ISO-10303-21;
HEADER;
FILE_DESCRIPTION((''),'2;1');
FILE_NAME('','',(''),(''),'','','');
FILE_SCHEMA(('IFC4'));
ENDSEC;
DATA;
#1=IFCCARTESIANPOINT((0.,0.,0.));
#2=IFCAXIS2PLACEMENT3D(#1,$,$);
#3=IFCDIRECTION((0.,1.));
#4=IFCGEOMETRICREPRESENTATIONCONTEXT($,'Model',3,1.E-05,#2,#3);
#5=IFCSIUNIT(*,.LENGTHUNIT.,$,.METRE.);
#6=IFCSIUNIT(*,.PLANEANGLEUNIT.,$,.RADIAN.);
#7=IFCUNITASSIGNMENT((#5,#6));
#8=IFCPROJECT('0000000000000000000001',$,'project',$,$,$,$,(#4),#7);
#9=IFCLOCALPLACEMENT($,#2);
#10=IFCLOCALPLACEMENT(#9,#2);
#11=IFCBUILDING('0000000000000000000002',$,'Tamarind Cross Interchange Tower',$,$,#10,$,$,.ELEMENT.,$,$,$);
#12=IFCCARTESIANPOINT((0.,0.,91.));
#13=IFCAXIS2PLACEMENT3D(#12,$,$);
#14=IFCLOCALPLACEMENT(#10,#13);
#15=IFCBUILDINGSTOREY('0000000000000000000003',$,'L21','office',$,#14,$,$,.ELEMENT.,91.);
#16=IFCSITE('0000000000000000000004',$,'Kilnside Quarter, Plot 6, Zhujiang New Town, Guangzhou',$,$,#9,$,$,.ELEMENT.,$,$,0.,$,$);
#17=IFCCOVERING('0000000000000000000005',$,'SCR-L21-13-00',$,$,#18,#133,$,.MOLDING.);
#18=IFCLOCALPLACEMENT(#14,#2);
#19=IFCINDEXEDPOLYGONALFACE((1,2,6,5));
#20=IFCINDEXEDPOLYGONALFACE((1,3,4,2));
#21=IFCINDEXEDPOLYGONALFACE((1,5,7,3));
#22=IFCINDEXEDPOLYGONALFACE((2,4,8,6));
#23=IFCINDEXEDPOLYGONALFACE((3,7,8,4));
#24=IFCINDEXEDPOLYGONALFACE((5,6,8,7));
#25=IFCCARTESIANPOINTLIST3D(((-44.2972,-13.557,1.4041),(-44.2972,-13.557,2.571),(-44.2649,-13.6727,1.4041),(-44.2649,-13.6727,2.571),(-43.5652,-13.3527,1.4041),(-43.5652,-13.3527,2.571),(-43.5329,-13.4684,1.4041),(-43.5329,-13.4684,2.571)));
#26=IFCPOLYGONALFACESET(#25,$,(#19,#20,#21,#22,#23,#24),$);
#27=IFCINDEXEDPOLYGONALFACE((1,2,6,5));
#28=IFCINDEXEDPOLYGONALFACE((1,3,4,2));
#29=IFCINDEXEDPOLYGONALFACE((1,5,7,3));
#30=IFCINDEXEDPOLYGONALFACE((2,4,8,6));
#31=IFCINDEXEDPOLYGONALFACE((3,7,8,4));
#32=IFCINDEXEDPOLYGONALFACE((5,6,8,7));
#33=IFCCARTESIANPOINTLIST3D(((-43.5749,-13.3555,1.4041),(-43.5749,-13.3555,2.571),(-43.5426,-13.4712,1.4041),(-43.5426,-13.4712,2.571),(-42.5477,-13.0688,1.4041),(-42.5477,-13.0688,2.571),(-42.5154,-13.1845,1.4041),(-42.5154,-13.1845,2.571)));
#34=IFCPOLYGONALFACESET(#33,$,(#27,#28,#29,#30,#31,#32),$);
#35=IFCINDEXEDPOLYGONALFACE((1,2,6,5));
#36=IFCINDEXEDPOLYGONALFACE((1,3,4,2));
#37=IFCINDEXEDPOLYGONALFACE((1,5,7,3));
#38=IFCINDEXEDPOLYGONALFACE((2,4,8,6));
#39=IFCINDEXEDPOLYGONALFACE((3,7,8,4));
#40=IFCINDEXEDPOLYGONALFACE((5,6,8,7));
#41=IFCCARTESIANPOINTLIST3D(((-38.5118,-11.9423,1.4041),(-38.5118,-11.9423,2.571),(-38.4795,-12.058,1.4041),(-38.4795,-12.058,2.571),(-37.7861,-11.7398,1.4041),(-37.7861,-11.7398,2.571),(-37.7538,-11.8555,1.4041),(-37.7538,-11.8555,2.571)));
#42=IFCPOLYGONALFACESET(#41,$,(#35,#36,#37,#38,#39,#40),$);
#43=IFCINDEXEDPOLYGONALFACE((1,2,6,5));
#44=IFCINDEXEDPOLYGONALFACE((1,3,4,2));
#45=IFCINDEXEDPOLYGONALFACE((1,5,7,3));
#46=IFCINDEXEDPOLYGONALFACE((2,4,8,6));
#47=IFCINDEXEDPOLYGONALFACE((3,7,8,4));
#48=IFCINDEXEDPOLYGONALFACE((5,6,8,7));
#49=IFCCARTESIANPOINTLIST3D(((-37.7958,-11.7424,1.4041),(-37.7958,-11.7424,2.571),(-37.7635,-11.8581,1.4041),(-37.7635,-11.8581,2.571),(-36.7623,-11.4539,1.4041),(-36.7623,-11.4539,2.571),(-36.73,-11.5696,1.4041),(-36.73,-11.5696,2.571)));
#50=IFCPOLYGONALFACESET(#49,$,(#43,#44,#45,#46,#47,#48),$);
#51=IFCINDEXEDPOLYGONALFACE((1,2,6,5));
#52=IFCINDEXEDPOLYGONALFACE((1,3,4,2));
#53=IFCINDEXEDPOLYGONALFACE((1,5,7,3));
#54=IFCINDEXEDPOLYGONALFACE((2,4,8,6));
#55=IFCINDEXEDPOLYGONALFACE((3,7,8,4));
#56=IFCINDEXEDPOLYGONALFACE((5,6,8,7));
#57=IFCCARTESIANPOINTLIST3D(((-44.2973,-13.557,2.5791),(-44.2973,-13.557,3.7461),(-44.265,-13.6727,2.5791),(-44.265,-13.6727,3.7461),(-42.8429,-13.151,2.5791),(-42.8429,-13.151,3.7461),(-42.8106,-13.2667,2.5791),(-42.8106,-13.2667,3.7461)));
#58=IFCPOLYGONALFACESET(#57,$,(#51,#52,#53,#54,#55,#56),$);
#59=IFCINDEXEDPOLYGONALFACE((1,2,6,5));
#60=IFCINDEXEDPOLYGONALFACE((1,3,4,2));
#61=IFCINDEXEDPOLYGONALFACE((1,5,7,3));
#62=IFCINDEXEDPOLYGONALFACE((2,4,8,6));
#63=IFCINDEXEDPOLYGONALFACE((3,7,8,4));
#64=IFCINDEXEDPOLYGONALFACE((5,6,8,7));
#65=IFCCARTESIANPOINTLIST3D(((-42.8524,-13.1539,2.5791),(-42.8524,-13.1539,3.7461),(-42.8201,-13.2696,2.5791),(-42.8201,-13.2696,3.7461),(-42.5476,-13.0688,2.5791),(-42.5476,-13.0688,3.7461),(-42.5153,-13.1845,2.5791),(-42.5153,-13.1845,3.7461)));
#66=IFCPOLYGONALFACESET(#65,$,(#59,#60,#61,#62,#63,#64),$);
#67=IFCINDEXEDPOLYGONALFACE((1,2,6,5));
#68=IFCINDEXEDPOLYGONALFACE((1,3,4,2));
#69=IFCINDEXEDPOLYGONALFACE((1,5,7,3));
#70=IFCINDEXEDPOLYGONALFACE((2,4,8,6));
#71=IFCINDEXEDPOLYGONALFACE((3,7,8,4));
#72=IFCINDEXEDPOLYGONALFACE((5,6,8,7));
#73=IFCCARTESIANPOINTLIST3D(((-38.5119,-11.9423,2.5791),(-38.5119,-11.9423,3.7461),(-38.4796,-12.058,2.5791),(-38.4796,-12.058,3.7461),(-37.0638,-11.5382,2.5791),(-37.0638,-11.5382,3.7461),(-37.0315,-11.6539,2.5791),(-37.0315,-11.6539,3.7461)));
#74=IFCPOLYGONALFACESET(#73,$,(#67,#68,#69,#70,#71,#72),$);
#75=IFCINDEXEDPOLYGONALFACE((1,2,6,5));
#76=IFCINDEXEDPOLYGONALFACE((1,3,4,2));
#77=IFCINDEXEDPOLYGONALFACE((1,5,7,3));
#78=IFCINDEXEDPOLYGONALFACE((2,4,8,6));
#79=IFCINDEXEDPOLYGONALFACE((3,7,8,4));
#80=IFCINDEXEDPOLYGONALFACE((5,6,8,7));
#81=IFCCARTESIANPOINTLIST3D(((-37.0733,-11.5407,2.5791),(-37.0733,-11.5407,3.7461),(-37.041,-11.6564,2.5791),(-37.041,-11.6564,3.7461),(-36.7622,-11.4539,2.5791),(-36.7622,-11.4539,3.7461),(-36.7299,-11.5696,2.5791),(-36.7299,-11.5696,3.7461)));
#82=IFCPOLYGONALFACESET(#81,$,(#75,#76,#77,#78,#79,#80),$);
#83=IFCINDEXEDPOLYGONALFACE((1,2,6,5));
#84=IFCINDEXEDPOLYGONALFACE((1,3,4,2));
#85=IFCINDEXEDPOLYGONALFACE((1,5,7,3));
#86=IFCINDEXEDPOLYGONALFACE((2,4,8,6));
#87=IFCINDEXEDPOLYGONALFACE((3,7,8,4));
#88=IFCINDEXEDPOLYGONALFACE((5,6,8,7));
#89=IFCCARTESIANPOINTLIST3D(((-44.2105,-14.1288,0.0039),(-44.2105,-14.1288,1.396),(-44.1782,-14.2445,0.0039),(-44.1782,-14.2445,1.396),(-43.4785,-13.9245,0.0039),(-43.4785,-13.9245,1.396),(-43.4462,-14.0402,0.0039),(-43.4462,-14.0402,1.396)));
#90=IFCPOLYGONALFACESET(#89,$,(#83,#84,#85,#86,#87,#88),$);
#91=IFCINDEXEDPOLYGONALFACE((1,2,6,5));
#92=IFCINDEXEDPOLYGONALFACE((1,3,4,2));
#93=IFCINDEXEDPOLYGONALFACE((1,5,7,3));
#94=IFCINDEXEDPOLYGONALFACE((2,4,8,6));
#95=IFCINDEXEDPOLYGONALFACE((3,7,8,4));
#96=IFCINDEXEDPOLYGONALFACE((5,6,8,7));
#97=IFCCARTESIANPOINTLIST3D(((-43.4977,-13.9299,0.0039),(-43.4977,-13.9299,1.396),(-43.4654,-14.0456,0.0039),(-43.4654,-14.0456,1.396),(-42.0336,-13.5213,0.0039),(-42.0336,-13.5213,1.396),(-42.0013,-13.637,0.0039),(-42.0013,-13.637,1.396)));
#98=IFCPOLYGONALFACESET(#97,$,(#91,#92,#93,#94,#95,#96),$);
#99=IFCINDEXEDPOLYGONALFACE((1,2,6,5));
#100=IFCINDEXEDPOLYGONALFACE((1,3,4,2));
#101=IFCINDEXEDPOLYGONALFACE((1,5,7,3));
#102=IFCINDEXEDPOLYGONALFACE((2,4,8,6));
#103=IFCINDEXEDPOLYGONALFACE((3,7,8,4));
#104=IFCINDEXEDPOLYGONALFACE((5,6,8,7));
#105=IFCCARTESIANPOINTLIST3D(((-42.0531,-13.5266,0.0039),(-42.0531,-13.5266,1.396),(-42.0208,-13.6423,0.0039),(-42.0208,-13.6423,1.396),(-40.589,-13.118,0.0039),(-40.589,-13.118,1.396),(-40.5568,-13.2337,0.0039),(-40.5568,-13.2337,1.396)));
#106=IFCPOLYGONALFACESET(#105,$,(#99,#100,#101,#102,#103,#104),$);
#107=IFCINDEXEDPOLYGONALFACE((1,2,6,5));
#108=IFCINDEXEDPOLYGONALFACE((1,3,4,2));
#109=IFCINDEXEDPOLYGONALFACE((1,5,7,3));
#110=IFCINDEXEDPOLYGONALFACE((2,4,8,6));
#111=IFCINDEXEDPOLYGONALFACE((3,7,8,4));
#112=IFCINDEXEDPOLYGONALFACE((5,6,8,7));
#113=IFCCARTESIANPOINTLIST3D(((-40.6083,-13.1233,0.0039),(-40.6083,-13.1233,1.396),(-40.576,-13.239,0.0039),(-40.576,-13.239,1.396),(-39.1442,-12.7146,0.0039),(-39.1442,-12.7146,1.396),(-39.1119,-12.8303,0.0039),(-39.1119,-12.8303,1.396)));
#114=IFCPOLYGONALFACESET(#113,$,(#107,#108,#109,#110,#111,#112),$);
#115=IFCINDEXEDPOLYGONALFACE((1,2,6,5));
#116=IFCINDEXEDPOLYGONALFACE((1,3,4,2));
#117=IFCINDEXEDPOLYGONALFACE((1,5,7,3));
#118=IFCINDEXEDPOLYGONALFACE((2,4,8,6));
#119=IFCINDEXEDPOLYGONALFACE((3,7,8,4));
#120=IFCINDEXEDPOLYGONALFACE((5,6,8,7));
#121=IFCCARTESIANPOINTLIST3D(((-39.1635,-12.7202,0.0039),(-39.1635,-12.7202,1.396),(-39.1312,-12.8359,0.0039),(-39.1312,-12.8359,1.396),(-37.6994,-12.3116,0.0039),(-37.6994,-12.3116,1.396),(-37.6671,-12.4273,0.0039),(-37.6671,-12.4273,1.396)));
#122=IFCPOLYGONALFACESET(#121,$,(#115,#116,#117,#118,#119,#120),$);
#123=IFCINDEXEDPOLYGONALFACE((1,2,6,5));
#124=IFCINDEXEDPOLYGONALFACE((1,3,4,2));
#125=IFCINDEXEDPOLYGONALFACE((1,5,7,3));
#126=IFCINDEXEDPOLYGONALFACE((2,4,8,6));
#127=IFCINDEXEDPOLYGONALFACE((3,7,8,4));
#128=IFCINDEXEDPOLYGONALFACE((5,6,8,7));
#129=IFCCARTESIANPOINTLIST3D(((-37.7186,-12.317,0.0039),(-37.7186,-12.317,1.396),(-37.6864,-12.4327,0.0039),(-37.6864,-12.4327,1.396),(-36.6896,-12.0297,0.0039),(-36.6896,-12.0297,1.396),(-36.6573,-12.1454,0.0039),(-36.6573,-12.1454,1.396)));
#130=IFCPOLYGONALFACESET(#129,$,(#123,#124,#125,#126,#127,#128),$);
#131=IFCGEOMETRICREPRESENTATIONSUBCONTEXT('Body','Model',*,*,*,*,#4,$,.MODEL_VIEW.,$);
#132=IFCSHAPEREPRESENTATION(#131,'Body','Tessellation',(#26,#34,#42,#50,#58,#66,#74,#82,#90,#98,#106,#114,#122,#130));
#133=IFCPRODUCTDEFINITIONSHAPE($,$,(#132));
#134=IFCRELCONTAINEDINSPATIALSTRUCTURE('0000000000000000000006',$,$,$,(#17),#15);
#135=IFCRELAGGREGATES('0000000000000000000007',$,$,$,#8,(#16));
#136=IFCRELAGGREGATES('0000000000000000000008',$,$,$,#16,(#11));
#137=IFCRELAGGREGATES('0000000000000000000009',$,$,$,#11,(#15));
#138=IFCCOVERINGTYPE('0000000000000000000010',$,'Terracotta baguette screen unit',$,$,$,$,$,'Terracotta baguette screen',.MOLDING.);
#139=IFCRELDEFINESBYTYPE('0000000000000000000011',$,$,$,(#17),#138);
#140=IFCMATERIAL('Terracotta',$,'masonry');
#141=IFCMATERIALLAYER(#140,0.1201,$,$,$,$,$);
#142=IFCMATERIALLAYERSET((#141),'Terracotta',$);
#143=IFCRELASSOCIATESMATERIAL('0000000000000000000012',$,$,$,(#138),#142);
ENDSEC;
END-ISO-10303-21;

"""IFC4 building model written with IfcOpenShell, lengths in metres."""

from ifc_helpers import new_model, si_unit, direction, frame, origin, origin_2d, place, context, subcontext, project, spatial, rectangle, extrude, material, layer, layer_set, type_object, element, save


model = new_model("IFC4")

# Units and contexts
model_context = context("Model", 3, precision=1e-05, world=origin(), true_north=direction((0.0, 1.0)))
body_context = subcontext(model_context, "Body", "Model", "MODEL_VIEW")
ifc_project = project(units=[si_unit("LENGTHUNIT", "METRE"), si_unit("PLANEANGLEUNIT", "RADIAN")], contexts=[model_context])

# Site, building, storey
site_placement = place(None, origin())
site = spatial("IfcSite", under=ifc_project, at=site_placement, Name="Kilnside Quarter, Plot 6, Zhujiang New Town, Guangzhou", CompositionType="ELEMENT", RefElevation=0.0)
building_placement = place(site_placement, origin())
building = spatial("IfcBuilding", under=site, at=building_placement, Name="Tamarind Cross Interchange Tower", CompositionType="ELEMENT")
storey_placement = place(building_placement, frame((0.0, 0.0, 91.0)))
storey = spatial("IfcBuildingStorey", under=building, at=storey_placement, Name="L21", Description="office", CompositionType="ELEMENT", Elevation=91.0)

# Covering
ifc_material_1 = material(Name="Terracotta", Category="masonry")
ifc_layer_1 = layer(ifc_material_1, 0.1201)
ifc_layer_set_1 = layer_set([ifc_layer_1], Name="Terracotta")
covering_type = type_object("IfcCoveringType", Name="Terracotta baguette screen unit", ElementType="Terracotta baguette screen", PredefinedType="MOLDING", material=ifc_layer_set_1)
covering_1_placement = place(storey_placement, origin())
element("IfcCovering", 1, at=covering_1_placement, inside=storey, type_object=covering_type, Name="SCR-L21-13-00", PredefinedType="MOLDING", context=body_context, shape_type="SweptSolid", body=[
    extrude(rectangle(XDim=0.76, YDim=0.1201, at=origin_2d()), frame((-43.915, -13.5127, 1.4041), z_axis=(0.0, 0.0, 1.0), x_axis=(0.963187, 0.268831, 0.0)), (0.0, 0.0, 1.0), 1.167),
    extrude(rectangle(XDim=1.0664, YDim=0.1201, at=origin_2d()), frame((-43.0452, -13.27, 1.4041), z_axis=(0.0, 0.0, 1.0), x_axis=(0.963187, 0.268831, 0.0)), (0.0, 0.0, 1.0), 1.167),
    extrude(rectangle(XDim=0.7534, YDim=0.1201, at=origin_2d()), frame((-38.1328, -11.8989, 1.4041), z_axis=(0.0, 0.0, 1.0), x_axis=(0.963187, 0.268831, 0.0)), (0.0, 0.0, 1.0), 1.167),
    extrude(rectangle(XDim=1.073, YDim=0.1201, at=origin_2d()), frame((-37.2629, -11.656, 1.4041), z_axis=(0.0, 0.0, 1.0), x_axis=(0.963187, 0.268831, 0.0)), (0.0, 0.0, 1.0), 1.167),
    extrude(rectangle(XDim=1.51, YDim=0.1201, at=origin_2d()), frame((-43.554, -13.4119, 2.5791), z_axis=(0.0, 0.0, 1.0), x_axis=(0.963187, 0.268831, 0.0)), (0.0, 0.0, 1.0), 1.167),
    extrude(rectangle(XDim=0.3164, YDim=0.1201, at=origin_2d()), frame((-42.6838, -13.1692, 2.5791), z_axis=(0.0, 0.0, 1.0), x_axis=(0.963187, 0.268831, 0.0)), (0.0, 0.0, 1.0), 1.167),
    extrude(rectangle(XDim=1.5034, YDim=0.1201, at=origin_2d()), frame((-37.7717, -11.7981, 2.5791), z_axis=(0.0, 0.0, 1.0), x_axis=(0.963187, 0.268831, 0.0)), (0.0, 0.0, 1.0), 1.167),
    extrude(rectangle(XDim=0.323, YDim=0.1201, at=origin_2d()), frame((-36.9016, -11.5552, 2.5791), z_axis=(0.0, 0.0, 1.0), x_axis=(0.963187, 0.268831, 0.0)), (0.0, 0.0, 1.0), 1.167),
    extrude(rectangle(XDim=0.76, YDim=0.1201, at=origin_2d()), frame((-43.8284, -14.0845, 0.0039), z_axis=(0.0, 0.0, 1.0), x_axis=(0.963187, 0.268831, 0.0)), (0.0, 0.0, 1.0), 1.3921),
    extrude(rectangle(XDim=1.52, YDim=0.1201, at=origin_2d()), frame((-42.7495, -13.7834, 0.0039), z_axis=(0.0, 0.0, 1.0), x_axis=(0.963187, 0.268831, 0.0)), (0.0, 0.0, 1.0), 1.3921),
    extrude(rectangle(XDim=1.52, YDim=0.1201, at=origin_2d()), frame((-41.3049, -13.3801, 0.0039), z_axis=(0.0, 0.0, 1.0), x_axis=(0.963187, 0.268831, 0.0)), (0.0, 0.0, 1.0), 1.3921),
    extrude(rectangle(XDim=1.52, YDim=0.1201, at=origin_2d()), frame((-39.8601, -12.9768, 0.0039), z_axis=(0.0, 0.0, 1.0), x_axis=(0.963187, 0.268831, 0.0)), (0.0, 0.0, 1.0), 1.3921),
    extrude(rectangle(XDim=1.52, YDim=0.1201, at=origin_2d()), frame((-38.4153, -12.5737, 0.0039), z_axis=(0.0, 0.0, 1.0), x_axis=(0.963187, 0.268831, 0.0)), (0.0, 0.0, 1.0), 1.3921),
    extrude(rectangle(XDim=1.0684, YDim=0.1201, at=origin_2d()), frame((-37.188, -12.2312, 0.0039), z_axis=(0.0, 0.0, 1.0), x_axis=(0.963187, 0.268831, 0.0)), (0.0, 0.0, 1.0), 1.3921),
])

save(model, "model.ifc")
